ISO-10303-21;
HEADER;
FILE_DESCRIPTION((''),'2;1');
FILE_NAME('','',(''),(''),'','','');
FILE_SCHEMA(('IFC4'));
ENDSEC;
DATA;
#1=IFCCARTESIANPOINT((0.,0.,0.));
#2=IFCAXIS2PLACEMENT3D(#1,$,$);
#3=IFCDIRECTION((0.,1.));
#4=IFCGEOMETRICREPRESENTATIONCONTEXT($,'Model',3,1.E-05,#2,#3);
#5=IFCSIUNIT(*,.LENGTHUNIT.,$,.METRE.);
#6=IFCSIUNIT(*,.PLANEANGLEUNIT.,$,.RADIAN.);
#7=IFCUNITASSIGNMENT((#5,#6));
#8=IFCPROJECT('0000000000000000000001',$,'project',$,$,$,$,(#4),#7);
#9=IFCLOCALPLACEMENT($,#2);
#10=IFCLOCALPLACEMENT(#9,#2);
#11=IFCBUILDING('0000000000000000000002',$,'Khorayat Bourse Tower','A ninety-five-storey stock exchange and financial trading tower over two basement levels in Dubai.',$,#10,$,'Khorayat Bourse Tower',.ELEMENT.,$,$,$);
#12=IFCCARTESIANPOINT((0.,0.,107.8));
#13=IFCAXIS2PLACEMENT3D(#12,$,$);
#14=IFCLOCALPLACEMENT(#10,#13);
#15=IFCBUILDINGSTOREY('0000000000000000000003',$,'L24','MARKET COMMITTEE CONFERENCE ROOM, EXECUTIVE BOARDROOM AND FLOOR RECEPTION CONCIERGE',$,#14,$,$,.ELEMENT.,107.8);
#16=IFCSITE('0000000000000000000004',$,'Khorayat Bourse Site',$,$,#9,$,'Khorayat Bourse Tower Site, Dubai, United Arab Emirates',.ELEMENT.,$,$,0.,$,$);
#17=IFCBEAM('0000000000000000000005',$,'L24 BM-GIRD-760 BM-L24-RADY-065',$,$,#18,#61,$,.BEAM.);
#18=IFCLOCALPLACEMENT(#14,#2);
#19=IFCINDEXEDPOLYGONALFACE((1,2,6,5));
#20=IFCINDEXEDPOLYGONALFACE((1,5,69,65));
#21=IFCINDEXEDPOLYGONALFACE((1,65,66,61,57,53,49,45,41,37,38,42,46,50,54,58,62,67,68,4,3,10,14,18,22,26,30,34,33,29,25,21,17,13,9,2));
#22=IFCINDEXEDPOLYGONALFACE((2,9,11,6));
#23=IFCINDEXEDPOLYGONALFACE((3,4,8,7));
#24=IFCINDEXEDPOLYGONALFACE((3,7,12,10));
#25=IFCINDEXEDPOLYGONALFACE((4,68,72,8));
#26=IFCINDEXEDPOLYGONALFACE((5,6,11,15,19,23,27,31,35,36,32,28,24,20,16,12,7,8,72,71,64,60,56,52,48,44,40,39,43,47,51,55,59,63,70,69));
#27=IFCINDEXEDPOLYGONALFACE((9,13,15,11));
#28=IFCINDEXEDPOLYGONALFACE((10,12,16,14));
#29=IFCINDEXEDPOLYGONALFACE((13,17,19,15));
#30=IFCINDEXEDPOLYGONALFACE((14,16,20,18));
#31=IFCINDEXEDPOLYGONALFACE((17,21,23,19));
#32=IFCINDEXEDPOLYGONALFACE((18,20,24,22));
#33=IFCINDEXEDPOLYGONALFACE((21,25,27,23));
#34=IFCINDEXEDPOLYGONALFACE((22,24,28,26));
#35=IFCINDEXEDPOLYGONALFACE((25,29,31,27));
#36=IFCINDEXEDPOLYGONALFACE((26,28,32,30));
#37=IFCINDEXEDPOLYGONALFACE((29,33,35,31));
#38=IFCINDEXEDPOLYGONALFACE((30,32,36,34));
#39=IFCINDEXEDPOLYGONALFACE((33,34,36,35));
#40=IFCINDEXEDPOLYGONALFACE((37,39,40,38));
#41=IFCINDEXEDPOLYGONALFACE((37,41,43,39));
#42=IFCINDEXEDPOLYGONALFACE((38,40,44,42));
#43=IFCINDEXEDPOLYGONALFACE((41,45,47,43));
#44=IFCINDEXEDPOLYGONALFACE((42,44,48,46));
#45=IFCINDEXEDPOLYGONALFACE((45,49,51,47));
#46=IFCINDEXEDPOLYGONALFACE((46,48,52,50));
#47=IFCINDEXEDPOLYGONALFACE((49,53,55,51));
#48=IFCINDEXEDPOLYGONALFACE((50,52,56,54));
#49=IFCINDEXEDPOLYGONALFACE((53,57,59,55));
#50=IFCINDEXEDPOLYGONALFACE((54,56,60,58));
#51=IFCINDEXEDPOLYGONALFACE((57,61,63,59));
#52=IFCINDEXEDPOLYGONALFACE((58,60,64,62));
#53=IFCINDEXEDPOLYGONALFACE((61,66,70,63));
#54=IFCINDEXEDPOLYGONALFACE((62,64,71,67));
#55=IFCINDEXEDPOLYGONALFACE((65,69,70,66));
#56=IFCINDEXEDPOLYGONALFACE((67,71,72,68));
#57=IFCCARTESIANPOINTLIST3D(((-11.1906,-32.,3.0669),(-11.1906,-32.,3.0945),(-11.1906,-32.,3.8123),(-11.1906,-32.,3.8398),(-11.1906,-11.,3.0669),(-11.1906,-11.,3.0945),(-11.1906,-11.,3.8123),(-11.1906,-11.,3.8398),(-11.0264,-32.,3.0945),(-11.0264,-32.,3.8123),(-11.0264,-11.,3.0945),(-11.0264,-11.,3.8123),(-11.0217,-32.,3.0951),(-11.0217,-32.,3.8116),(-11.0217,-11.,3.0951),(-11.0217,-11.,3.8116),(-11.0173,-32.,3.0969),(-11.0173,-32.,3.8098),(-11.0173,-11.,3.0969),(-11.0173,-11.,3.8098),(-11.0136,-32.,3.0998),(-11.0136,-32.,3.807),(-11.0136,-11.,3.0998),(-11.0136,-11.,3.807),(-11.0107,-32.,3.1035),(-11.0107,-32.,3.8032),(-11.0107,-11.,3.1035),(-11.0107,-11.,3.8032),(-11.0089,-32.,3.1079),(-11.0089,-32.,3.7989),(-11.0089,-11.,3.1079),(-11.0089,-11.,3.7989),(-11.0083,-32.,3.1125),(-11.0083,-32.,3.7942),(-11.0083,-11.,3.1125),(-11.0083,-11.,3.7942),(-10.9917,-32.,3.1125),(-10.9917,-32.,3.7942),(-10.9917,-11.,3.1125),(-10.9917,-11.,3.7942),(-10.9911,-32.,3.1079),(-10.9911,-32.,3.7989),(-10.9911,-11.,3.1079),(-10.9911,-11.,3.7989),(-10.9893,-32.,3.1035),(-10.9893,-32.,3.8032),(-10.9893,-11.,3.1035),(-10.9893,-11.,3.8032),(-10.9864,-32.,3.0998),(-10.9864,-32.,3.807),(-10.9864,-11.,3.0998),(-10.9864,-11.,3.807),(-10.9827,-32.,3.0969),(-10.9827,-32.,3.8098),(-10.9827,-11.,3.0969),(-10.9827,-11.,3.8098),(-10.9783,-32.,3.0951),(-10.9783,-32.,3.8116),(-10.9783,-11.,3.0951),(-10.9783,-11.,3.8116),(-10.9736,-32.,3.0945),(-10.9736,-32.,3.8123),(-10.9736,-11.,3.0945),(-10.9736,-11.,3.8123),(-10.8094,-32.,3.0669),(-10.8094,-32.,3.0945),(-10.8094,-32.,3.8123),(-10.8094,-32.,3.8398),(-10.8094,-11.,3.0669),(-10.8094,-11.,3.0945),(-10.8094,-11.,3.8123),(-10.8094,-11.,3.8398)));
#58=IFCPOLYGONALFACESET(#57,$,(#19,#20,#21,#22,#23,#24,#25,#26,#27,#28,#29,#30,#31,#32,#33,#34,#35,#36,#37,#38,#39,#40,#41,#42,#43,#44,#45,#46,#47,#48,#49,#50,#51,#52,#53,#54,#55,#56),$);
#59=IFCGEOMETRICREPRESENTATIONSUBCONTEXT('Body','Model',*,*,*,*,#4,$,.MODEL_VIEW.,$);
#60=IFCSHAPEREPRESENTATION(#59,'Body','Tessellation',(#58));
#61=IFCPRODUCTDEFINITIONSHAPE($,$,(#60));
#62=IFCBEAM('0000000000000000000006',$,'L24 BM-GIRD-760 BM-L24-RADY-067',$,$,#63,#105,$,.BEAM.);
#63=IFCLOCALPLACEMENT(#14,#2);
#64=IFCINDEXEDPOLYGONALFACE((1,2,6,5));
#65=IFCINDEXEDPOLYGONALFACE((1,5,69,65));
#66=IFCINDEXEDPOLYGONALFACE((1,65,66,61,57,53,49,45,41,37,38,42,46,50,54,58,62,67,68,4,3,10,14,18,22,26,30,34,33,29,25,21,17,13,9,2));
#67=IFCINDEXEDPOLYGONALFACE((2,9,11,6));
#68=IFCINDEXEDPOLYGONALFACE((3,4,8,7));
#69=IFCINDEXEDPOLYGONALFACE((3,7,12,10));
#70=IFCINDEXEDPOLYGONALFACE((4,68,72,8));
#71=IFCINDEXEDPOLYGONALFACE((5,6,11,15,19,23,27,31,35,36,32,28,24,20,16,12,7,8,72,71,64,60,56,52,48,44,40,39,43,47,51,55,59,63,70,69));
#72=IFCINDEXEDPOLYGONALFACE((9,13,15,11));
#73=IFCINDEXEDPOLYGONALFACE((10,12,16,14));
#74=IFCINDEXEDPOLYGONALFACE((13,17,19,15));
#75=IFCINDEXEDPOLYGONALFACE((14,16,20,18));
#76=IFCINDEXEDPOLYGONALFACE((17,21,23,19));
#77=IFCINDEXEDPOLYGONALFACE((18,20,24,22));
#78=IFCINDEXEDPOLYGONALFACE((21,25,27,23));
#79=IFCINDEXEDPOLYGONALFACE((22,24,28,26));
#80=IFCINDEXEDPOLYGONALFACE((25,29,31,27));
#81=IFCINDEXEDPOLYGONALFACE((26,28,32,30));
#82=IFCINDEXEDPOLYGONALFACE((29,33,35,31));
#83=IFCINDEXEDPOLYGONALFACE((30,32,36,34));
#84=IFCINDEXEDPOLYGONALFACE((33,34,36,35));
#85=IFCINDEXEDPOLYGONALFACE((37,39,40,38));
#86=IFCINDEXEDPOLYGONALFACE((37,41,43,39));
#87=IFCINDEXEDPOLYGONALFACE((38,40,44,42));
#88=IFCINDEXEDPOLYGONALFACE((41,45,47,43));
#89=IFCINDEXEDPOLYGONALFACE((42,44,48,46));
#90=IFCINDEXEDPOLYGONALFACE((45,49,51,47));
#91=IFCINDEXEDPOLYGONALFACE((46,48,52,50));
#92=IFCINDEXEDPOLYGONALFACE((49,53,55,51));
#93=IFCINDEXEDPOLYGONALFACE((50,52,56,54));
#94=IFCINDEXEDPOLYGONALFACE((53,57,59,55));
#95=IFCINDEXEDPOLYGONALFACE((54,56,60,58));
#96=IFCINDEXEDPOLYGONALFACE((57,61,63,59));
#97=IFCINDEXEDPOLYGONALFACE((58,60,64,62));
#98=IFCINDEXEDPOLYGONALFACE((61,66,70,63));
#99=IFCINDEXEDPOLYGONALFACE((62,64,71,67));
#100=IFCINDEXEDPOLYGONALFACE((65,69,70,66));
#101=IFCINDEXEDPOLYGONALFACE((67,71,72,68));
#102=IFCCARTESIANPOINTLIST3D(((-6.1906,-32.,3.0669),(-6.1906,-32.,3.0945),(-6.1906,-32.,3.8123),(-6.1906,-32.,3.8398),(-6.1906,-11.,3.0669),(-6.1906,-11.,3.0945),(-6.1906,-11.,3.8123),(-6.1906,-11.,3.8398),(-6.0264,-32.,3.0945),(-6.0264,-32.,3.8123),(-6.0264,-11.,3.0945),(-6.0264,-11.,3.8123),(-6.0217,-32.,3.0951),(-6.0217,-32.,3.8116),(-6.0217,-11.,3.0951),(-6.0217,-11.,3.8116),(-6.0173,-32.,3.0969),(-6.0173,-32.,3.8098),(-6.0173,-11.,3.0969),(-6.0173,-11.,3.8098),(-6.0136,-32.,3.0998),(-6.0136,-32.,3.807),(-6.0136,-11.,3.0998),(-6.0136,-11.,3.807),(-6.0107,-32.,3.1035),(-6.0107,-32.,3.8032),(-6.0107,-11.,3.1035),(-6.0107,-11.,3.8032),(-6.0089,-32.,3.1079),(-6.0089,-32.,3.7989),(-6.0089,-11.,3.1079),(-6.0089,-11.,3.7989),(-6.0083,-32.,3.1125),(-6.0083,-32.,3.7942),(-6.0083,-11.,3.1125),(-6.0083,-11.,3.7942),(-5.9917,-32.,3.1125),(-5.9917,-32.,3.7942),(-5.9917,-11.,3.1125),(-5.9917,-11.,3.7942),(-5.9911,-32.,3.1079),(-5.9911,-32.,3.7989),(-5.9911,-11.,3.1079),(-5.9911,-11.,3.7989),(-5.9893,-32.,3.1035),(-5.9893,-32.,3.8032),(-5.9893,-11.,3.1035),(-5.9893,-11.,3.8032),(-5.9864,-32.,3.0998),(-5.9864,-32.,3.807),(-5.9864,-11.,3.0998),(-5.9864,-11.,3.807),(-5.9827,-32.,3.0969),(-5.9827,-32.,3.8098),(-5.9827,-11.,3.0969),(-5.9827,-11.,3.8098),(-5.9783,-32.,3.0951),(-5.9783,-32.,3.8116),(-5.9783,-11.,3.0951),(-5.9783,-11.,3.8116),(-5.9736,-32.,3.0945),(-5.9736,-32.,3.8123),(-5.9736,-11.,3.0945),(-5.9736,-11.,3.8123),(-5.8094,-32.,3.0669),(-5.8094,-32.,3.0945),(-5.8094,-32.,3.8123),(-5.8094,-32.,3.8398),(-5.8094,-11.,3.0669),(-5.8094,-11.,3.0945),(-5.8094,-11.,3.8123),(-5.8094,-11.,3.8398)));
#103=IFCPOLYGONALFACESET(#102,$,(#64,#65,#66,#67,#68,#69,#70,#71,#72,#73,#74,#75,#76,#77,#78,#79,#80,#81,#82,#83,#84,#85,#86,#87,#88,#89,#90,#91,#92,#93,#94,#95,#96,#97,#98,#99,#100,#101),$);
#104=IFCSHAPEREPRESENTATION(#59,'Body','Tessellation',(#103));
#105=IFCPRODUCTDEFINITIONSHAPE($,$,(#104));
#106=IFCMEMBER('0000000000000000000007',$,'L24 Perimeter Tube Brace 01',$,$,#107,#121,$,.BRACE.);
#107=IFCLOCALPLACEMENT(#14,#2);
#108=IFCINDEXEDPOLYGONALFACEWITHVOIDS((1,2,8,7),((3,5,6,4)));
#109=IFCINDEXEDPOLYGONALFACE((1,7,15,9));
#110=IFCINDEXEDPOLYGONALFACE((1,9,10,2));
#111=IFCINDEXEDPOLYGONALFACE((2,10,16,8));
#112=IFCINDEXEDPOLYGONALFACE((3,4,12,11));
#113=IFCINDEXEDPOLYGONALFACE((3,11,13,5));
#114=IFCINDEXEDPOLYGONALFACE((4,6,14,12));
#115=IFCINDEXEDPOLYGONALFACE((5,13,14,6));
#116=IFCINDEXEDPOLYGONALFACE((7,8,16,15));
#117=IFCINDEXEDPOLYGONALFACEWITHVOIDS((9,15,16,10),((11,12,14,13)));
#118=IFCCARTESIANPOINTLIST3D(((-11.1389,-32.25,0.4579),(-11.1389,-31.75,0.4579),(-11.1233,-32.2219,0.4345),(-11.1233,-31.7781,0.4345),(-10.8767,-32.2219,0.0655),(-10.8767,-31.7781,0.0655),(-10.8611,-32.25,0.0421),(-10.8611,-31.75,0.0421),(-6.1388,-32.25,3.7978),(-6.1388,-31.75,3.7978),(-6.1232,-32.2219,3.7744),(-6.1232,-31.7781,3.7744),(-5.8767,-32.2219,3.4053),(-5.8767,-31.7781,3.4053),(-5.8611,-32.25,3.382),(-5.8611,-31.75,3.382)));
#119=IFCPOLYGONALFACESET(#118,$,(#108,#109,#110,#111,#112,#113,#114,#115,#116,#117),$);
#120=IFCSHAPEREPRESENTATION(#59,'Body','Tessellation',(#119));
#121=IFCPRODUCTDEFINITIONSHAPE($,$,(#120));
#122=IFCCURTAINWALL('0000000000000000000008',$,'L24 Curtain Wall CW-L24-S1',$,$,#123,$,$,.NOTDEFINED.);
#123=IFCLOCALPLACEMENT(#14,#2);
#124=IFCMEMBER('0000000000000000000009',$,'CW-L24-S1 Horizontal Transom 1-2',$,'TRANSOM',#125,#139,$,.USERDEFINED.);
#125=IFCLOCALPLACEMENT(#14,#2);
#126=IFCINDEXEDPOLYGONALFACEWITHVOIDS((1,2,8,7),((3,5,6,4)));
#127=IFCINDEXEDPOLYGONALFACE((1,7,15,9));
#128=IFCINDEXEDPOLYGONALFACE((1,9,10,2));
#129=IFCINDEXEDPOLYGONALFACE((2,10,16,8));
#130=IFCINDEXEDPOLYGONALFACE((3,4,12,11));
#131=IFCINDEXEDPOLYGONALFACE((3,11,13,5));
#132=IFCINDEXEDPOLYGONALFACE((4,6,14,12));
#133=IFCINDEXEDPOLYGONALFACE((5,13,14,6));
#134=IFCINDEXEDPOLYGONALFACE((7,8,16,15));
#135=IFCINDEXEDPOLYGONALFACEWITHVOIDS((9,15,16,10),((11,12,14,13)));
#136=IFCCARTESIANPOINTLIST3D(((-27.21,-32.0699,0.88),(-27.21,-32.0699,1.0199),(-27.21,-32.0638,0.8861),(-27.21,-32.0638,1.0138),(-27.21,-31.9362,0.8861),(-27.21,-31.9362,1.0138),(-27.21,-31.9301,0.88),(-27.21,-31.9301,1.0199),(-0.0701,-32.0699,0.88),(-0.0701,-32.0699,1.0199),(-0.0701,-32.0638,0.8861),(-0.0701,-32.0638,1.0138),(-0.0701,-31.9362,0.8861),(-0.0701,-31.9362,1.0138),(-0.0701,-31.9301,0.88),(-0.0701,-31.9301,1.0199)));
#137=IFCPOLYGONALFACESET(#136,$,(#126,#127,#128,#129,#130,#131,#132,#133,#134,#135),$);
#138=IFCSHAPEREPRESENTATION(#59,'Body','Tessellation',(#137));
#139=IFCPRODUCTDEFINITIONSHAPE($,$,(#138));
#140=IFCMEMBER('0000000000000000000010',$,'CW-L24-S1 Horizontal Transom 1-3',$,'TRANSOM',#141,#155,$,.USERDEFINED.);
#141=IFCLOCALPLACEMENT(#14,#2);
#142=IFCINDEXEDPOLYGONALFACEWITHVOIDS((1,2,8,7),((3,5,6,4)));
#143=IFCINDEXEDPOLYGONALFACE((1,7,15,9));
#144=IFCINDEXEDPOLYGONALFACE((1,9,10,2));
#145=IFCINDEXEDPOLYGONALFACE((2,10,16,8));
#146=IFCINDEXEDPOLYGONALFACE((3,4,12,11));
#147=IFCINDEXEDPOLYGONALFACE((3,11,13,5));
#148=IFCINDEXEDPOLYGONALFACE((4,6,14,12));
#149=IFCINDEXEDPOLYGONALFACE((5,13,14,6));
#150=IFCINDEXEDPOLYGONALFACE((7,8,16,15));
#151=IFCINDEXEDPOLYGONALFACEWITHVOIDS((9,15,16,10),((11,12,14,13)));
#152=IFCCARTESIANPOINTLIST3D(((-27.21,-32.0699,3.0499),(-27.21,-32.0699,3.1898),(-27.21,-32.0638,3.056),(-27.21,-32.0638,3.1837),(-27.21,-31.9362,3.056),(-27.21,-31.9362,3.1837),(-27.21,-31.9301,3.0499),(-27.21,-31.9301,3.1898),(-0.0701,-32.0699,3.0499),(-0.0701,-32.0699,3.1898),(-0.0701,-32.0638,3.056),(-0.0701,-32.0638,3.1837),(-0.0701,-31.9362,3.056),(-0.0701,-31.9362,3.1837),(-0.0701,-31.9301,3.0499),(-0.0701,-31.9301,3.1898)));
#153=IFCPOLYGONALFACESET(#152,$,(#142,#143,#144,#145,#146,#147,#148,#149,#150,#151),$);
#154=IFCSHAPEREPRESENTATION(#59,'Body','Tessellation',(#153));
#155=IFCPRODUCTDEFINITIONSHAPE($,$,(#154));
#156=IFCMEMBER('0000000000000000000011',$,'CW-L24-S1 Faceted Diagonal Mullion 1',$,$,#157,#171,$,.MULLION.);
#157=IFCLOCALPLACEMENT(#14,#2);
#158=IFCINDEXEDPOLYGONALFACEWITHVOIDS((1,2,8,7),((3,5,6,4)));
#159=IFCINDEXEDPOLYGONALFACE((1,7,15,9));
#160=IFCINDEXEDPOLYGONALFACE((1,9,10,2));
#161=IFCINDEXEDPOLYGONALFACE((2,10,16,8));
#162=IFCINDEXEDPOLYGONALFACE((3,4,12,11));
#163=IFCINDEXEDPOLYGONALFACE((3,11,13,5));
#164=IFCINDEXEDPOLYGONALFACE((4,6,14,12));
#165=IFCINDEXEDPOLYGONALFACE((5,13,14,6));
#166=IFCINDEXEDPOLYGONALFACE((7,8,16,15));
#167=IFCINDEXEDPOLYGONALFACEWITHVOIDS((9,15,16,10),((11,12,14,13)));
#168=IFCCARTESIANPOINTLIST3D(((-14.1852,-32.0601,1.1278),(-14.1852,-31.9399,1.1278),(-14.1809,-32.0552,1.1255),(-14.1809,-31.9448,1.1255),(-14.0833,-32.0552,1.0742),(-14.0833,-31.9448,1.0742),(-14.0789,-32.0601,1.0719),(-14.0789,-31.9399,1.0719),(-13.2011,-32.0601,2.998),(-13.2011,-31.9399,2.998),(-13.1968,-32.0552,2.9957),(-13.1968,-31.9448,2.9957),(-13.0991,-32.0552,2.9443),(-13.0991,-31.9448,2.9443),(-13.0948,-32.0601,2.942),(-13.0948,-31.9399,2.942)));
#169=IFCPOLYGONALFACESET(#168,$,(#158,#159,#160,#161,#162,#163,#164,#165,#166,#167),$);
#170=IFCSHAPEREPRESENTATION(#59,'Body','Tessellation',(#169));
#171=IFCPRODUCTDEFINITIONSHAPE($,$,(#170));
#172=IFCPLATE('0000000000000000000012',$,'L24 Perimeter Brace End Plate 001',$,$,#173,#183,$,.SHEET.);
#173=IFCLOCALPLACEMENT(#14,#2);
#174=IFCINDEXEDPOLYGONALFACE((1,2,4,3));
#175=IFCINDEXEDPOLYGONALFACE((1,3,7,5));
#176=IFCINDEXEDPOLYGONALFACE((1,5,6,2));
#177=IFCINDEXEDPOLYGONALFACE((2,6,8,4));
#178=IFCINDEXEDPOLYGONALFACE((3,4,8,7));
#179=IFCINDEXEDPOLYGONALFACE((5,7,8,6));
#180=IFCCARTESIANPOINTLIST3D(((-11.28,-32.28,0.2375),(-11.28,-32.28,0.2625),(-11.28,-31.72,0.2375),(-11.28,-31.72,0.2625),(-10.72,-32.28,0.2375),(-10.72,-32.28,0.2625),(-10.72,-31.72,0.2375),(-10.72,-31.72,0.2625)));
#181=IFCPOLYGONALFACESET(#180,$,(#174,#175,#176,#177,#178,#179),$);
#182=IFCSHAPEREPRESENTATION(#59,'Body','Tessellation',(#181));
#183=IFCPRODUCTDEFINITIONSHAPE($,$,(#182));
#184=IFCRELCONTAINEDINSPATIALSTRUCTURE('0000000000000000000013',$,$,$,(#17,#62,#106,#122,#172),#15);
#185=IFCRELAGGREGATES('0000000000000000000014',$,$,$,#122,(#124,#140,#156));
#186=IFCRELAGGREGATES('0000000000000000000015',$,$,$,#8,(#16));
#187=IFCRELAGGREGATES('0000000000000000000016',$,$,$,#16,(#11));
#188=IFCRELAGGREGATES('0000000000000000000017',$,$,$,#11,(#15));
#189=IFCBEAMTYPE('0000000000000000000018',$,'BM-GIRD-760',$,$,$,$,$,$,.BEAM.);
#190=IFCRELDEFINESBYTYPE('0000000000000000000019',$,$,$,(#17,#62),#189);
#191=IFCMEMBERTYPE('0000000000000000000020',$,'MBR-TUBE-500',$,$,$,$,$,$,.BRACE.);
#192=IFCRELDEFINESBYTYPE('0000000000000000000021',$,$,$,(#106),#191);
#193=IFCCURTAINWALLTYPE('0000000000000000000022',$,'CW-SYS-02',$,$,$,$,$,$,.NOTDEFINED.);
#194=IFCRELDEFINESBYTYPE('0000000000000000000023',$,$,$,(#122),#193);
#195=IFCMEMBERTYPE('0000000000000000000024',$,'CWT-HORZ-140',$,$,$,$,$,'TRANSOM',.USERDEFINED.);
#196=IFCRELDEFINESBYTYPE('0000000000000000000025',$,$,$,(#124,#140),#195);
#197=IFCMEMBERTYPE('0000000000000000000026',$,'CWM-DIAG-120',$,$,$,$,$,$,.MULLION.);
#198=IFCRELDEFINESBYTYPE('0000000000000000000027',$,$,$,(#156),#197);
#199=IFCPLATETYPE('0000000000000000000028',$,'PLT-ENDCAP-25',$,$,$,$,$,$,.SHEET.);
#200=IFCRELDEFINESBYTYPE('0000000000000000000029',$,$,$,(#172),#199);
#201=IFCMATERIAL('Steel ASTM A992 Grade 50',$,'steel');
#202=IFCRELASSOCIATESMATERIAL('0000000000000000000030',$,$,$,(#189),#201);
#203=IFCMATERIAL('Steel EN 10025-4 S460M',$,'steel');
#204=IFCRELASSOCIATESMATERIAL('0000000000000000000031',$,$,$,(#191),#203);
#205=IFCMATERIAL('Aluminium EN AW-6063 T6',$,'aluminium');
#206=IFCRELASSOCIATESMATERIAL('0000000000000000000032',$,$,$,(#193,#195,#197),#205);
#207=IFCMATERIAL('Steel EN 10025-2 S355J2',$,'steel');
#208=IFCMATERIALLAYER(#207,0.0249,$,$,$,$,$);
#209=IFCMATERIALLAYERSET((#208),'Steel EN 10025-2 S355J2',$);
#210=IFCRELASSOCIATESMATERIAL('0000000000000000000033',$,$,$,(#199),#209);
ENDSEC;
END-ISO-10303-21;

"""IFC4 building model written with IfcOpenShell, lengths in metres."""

from ifc_helpers import new_model, si_unit, direction, frame, origin, origin_2d, place, context, subcontext, project, spatial, rectangle, hollow_rectangle, i_section, extrude, source, transform, mapped, material, layer, layer_set, material_profile, profile_set, type_object, element, aggregate, save


model = new_model("IFC4")

# Units and contexts
model_context = context("Model", 3, precision=1e-05, world=origin(), true_north=direction((0.0, 1.0)))
body_context = subcontext(model_context, "Body", "Model", "MODEL_VIEW")
ifc_project = project(units=[si_unit("LENGTHUNIT", "METRE"), si_unit("PLANEANGLEUNIT", "RADIAN")], contexts=[model_context])

# Site, building, storey
site_placement = place(None, origin())
site = spatial("IfcSite", under=ifc_project, at=site_placement, Name="Khorayat Bourse Site", LongName="Khorayat Bourse Tower Site, Dubai, United Arab Emirates", CompositionType="ELEMENT", RefElevation=0.0)
building_placement = place(site_placement, origin())
building = spatial("IfcBuilding", under=site, at=building_placement, Name="Khorayat Bourse Tower", Description="A ninety-five-storey stock exchange and financial trading tower over two basement levels in Dubai.", LongName="Khorayat Bourse Tower", CompositionType="ELEMENT")
storey_placement = place(building_placement, frame((0.0, 0.0, 107.8)))
storey = spatial("IfcBuildingStorey", under=building, at=storey_placement, Name="L24", Description="MARKET COMMITTEE CONFERENCE ROOM, EXECUTIVE BOARDROOM AND FLOOR RECEPTION CONCIERGE", CompositionType="ELEMENT", Elevation=107.8)

# Shared definitions
ifc_material_1 = material(Name="Steel EN 10025-4 S460M", Category="steel")

# Beams
ifc_material_2 = material(Name="Steel ASTM A992 Grade 50", Category="steel")
ifc_material_profile_1 = material_profile(ifc_material_2, i_section(OverallWidth=0.3811, OverallDepth=0.7729, WebThickness=0.0166, FlangeThickness=0.0276, FilletRadius=0.0181, at=origin_2d()), Name="W760X257")
ifc_profile_set_1 = profile_set([ifc_material_profile_1], Name="Steel ASTM A992 Grade 50")
beam_type_1 = type_object("IfcBeamType", Name="BM-GIRD-760", PredefinedType="BEAM", material=ifc_profile_set_1)
shared_shape_1 = source(origin(), body_context, "Body", "SweptSolid", [
    extrude(i_section(OverallWidth=0.3811, OverallDepth=0.7729, WebThickness=0.0166, FlangeThickness=0.0276, FilletRadius=0.0181, at=origin_2d()), origin(), (0.0, 0.0, 1.0), 21.0),
])
for number, where, z_axis, x_axis, name in (
    (1, (-11.0, -32.0, 3.4534), (0.0, 1.0, 0.0), (-1.0, 0.0, 0.0), "L24 BM-GIRD-760 BM-L24-RADY-065"),
    (2, (-6.0, -32.0, 3.4534), (0.0, 1.0, 0.0), (-1.0, 0.0, 0.0), "L24 BM-GIRD-760 BM-L24-RADY-067"),
):
    element("IfcBeam", number, at=place(storey_placement, frame(where, z_axis=z_axis, x_axis=x_axis)), inside=storey, type_object=beam_type_1, Name=name, PredefinedType="BEAM", context=body_context, shape_type="MappedRepresentation", body=[
        mapped(shared_shape_1, transform((0.0, 0.0, 0.0), scale=1.0)),
    ])

# Member
ifc_material_profile_2 = material_profile(ifc_material_1, hollow_rectangle(XDim=0.5, YDim=0.5, WallThickness=0.0281, at=origin_2d()), Name="HSS 500x500x28")
ifc_profile_set_2 = profile_set([ifc_material_profile_2], Name="Steel EN 10025-4 S460M")
member_type_1 = type_object("IfcMemberType", Name="MBR-TUBE-500", PredefinedType="BRACE", material=ifc_profile_set_2)
shared_shape_2 = source(origin(), body_context, "Body", "SweptSolid", [
    extrude(hollow_rectangle(XDim=0.5, YDim=0.5, WallThickness=0.0281, at=origin_2d()), origin(), (0.0, 0.0, 1.0), 6.0129),
])
member_1_placement = place(storey_placement, frame((-11.0, -32.0, 0.25), z_axis=(0.83155, 0.0, 0.55545), x_axis=(0.0, 1.0, 0.0)))
element("IfcMember", 3, at=member_1_placement, inside=storey, type_object=member_type_1, Name="L24 Perimeter Tube Brace 01", PredefinedType="BRACE", context=body_context, shape_type="MappedRepresentation", body=[
    mapped(shared_shape_2, transform((0.0, 0.0, 0.0), scale=1.0)),
])

# Curtain wall, members
ifc_material_3 = material(Name="Aluminium EN AW-6063 T6", Category="aluminium")
curtain_wall_type = type_object("IfcCurtainWallType", Name="CW-SYS-02", PredefinedType="NOTDEFINED", material=ifc_material_3)
curtain_wall_placement = place(storey_placement, origin())
curtain_wall = element("IfcCurtainWall", 4, at=curtain_wall_placement, inside=storey, type_object=curtain_wall_type, Name="L24 Curtain Wall CW-L24-S1", PredefinedType="NOTDEFINED")
ifc_material_profile_3 = material_profile(ifc_material_3, hollow_rectangle(XDim=0.1399, YDim=0.1399, WallThickness=0.0061, at=origin_2d()), Name="ALU 140x140x6")
ifc_profile_set_3 = profile_set([ifc_material_profile_3], Name="Aluminium EN AW-6063 T6")
member_type_2 = type_object("IfcMemberType", Name="CWT-HORZ-140", ElementType="TRANSOM", PredefinedType="USERDEFINED", material=ifc_profile_set_3)
shared_shape_3 = source(origin(), body_context, "Body", "SweptSolid", [
    extrude(hollow_rectangle(XDim=0.1399, YDim=0.1399, WallThickness=0.0061, at=origin_2d()), origin(), (0.0, 0.0, 1.0), 27.1399),
])
member_2_placement = place(storey_placement, frame((-27.21, -32.0, 0.95), z_axis=(1.0, 0.0, 0.0), x_axis=(0.0, 1.0, 0.0)))
member_2 = element("IfcMember", 5, at=member_2_placement, type_object=member_type_2, Name="CW-L24-S1 Horizontal Transom 1-2", ObjectType="TRANSOM", PredefinedType="USERDEFINED", context=body_context, shape_type="MappedRepresentation", body=[
    mapped(shared_shape_3, transform((0.0, 0.0, 0.0), scale=1.0)),
])
member_3_placement = place(storey_placement, frame((-27.21, -32.0, 3.1199), z_axis=(1.0, 0.0, 0.0), x_axis=(0.0, 1.0, 0.0)))
member_3 = element("IfcMember", 6, at=member_3_placement, type_object=member_type_2, Name="CW-L24-S1 Horizontal Transom 1-3", ObjectType="TRANSOM", PredefinedType="USERDEFINED", context=body_context, shape_type="MappedRepresentation", body=[
    mapped(shared_shape_3, transform((0.0, 0.0, 0.0), scale=1.0)),
])
ifc_material_profile_4 = material_profile(ifc_material_3, hollow_rectangle(XDim=0.1201, YDim=0.1201, WallThickness=0.0049, at=origin_2d()), Name="ALU 120x120x5")
ifc_profile_set_4 = profile_set([ifc_material_profile_4], Name="Aluminium EN AW-6063 T6")
member_type_3 = type_object("IfcMemberType", Name="CWM-DIAG-120", PredefinedType="MULLION", material=ifc_profile_set_4)
shared_shape_4 = source(origin(), body_context, "Body", "SweptSolid", [
    extrude(hollow_rectangle(XDim=0.1201, YDim=0.1201, WallThickness=0.0049, at=origin_2d()), origin(), (0.0, 0.0, 1.0), 2.1133),
])
member_4_placement = place(storey_placement, frame((-14.1321, -32.0, 1.0999), z_axis=(0.465694, 0.0, 0.884946), x_axis=(0.0, 1.0, 0.0)))
member_4 = element("IfcMember", 7, at=member_4_placement, type_object=member_type_3, Name="CW-L24-S1 Faceted Diagonal Mullion 1", PredefinedType="MULLION", context=body_context, shape_type="MappedRepresentation", body=[
    mapped(shared_shape_4, transform((0.0, 0.0, 0.0), scale=1.0)),
])

# Plate
ifc_material_4 = material(Name="Steel EN 10025-2 S355J2", Category="steel")
ifc_layer_1 = layer(ifc_material_4, 0.0249)
ifc_layer_set_1 = layer_set([ifc_layer_1], Name="Steel EN 10025-2 S355J2")
plate_type_1 = type_object("IfcPlateType", Name="PLT-ENDCAP-25", PredefinedType="SHEET", material=ifc_layer_set_1)
shared_shape_5 = source(origin(), body_context, "Body", "SweptSolid", [
    extrude(rectangle(XDim=0.5601, YDim=0.5601, at=origin_2d()), origin(), (0.0, 0.0, 1.0), 0.0249),
])
for number, where, z_axis, x_axis, name in (
    (8, (-11.0, -32.0, 0.2375), (0.0, 0.0, 1.0), (1.0, 0.0, 0.0), "L24 Perimeter Brace End Plate 001"),
):
    element("IfcPlate", number, at=place(storey_placement, frame(where, z_axis=z_axis, x_axis=x_axis)), inside=storey, type_object=plate_type_1, Name=name, PredefinedType="SHEET", context=body_context, shape_type="MappedRepresentation", body=[
        mapped(shared_shape_5, transform((0.0, 0.0, 0.0), scale=1.0)),
    ])

aggregate(curtain_wall, [member_2, member_3, member_4])

save(model, "model.ifc")
